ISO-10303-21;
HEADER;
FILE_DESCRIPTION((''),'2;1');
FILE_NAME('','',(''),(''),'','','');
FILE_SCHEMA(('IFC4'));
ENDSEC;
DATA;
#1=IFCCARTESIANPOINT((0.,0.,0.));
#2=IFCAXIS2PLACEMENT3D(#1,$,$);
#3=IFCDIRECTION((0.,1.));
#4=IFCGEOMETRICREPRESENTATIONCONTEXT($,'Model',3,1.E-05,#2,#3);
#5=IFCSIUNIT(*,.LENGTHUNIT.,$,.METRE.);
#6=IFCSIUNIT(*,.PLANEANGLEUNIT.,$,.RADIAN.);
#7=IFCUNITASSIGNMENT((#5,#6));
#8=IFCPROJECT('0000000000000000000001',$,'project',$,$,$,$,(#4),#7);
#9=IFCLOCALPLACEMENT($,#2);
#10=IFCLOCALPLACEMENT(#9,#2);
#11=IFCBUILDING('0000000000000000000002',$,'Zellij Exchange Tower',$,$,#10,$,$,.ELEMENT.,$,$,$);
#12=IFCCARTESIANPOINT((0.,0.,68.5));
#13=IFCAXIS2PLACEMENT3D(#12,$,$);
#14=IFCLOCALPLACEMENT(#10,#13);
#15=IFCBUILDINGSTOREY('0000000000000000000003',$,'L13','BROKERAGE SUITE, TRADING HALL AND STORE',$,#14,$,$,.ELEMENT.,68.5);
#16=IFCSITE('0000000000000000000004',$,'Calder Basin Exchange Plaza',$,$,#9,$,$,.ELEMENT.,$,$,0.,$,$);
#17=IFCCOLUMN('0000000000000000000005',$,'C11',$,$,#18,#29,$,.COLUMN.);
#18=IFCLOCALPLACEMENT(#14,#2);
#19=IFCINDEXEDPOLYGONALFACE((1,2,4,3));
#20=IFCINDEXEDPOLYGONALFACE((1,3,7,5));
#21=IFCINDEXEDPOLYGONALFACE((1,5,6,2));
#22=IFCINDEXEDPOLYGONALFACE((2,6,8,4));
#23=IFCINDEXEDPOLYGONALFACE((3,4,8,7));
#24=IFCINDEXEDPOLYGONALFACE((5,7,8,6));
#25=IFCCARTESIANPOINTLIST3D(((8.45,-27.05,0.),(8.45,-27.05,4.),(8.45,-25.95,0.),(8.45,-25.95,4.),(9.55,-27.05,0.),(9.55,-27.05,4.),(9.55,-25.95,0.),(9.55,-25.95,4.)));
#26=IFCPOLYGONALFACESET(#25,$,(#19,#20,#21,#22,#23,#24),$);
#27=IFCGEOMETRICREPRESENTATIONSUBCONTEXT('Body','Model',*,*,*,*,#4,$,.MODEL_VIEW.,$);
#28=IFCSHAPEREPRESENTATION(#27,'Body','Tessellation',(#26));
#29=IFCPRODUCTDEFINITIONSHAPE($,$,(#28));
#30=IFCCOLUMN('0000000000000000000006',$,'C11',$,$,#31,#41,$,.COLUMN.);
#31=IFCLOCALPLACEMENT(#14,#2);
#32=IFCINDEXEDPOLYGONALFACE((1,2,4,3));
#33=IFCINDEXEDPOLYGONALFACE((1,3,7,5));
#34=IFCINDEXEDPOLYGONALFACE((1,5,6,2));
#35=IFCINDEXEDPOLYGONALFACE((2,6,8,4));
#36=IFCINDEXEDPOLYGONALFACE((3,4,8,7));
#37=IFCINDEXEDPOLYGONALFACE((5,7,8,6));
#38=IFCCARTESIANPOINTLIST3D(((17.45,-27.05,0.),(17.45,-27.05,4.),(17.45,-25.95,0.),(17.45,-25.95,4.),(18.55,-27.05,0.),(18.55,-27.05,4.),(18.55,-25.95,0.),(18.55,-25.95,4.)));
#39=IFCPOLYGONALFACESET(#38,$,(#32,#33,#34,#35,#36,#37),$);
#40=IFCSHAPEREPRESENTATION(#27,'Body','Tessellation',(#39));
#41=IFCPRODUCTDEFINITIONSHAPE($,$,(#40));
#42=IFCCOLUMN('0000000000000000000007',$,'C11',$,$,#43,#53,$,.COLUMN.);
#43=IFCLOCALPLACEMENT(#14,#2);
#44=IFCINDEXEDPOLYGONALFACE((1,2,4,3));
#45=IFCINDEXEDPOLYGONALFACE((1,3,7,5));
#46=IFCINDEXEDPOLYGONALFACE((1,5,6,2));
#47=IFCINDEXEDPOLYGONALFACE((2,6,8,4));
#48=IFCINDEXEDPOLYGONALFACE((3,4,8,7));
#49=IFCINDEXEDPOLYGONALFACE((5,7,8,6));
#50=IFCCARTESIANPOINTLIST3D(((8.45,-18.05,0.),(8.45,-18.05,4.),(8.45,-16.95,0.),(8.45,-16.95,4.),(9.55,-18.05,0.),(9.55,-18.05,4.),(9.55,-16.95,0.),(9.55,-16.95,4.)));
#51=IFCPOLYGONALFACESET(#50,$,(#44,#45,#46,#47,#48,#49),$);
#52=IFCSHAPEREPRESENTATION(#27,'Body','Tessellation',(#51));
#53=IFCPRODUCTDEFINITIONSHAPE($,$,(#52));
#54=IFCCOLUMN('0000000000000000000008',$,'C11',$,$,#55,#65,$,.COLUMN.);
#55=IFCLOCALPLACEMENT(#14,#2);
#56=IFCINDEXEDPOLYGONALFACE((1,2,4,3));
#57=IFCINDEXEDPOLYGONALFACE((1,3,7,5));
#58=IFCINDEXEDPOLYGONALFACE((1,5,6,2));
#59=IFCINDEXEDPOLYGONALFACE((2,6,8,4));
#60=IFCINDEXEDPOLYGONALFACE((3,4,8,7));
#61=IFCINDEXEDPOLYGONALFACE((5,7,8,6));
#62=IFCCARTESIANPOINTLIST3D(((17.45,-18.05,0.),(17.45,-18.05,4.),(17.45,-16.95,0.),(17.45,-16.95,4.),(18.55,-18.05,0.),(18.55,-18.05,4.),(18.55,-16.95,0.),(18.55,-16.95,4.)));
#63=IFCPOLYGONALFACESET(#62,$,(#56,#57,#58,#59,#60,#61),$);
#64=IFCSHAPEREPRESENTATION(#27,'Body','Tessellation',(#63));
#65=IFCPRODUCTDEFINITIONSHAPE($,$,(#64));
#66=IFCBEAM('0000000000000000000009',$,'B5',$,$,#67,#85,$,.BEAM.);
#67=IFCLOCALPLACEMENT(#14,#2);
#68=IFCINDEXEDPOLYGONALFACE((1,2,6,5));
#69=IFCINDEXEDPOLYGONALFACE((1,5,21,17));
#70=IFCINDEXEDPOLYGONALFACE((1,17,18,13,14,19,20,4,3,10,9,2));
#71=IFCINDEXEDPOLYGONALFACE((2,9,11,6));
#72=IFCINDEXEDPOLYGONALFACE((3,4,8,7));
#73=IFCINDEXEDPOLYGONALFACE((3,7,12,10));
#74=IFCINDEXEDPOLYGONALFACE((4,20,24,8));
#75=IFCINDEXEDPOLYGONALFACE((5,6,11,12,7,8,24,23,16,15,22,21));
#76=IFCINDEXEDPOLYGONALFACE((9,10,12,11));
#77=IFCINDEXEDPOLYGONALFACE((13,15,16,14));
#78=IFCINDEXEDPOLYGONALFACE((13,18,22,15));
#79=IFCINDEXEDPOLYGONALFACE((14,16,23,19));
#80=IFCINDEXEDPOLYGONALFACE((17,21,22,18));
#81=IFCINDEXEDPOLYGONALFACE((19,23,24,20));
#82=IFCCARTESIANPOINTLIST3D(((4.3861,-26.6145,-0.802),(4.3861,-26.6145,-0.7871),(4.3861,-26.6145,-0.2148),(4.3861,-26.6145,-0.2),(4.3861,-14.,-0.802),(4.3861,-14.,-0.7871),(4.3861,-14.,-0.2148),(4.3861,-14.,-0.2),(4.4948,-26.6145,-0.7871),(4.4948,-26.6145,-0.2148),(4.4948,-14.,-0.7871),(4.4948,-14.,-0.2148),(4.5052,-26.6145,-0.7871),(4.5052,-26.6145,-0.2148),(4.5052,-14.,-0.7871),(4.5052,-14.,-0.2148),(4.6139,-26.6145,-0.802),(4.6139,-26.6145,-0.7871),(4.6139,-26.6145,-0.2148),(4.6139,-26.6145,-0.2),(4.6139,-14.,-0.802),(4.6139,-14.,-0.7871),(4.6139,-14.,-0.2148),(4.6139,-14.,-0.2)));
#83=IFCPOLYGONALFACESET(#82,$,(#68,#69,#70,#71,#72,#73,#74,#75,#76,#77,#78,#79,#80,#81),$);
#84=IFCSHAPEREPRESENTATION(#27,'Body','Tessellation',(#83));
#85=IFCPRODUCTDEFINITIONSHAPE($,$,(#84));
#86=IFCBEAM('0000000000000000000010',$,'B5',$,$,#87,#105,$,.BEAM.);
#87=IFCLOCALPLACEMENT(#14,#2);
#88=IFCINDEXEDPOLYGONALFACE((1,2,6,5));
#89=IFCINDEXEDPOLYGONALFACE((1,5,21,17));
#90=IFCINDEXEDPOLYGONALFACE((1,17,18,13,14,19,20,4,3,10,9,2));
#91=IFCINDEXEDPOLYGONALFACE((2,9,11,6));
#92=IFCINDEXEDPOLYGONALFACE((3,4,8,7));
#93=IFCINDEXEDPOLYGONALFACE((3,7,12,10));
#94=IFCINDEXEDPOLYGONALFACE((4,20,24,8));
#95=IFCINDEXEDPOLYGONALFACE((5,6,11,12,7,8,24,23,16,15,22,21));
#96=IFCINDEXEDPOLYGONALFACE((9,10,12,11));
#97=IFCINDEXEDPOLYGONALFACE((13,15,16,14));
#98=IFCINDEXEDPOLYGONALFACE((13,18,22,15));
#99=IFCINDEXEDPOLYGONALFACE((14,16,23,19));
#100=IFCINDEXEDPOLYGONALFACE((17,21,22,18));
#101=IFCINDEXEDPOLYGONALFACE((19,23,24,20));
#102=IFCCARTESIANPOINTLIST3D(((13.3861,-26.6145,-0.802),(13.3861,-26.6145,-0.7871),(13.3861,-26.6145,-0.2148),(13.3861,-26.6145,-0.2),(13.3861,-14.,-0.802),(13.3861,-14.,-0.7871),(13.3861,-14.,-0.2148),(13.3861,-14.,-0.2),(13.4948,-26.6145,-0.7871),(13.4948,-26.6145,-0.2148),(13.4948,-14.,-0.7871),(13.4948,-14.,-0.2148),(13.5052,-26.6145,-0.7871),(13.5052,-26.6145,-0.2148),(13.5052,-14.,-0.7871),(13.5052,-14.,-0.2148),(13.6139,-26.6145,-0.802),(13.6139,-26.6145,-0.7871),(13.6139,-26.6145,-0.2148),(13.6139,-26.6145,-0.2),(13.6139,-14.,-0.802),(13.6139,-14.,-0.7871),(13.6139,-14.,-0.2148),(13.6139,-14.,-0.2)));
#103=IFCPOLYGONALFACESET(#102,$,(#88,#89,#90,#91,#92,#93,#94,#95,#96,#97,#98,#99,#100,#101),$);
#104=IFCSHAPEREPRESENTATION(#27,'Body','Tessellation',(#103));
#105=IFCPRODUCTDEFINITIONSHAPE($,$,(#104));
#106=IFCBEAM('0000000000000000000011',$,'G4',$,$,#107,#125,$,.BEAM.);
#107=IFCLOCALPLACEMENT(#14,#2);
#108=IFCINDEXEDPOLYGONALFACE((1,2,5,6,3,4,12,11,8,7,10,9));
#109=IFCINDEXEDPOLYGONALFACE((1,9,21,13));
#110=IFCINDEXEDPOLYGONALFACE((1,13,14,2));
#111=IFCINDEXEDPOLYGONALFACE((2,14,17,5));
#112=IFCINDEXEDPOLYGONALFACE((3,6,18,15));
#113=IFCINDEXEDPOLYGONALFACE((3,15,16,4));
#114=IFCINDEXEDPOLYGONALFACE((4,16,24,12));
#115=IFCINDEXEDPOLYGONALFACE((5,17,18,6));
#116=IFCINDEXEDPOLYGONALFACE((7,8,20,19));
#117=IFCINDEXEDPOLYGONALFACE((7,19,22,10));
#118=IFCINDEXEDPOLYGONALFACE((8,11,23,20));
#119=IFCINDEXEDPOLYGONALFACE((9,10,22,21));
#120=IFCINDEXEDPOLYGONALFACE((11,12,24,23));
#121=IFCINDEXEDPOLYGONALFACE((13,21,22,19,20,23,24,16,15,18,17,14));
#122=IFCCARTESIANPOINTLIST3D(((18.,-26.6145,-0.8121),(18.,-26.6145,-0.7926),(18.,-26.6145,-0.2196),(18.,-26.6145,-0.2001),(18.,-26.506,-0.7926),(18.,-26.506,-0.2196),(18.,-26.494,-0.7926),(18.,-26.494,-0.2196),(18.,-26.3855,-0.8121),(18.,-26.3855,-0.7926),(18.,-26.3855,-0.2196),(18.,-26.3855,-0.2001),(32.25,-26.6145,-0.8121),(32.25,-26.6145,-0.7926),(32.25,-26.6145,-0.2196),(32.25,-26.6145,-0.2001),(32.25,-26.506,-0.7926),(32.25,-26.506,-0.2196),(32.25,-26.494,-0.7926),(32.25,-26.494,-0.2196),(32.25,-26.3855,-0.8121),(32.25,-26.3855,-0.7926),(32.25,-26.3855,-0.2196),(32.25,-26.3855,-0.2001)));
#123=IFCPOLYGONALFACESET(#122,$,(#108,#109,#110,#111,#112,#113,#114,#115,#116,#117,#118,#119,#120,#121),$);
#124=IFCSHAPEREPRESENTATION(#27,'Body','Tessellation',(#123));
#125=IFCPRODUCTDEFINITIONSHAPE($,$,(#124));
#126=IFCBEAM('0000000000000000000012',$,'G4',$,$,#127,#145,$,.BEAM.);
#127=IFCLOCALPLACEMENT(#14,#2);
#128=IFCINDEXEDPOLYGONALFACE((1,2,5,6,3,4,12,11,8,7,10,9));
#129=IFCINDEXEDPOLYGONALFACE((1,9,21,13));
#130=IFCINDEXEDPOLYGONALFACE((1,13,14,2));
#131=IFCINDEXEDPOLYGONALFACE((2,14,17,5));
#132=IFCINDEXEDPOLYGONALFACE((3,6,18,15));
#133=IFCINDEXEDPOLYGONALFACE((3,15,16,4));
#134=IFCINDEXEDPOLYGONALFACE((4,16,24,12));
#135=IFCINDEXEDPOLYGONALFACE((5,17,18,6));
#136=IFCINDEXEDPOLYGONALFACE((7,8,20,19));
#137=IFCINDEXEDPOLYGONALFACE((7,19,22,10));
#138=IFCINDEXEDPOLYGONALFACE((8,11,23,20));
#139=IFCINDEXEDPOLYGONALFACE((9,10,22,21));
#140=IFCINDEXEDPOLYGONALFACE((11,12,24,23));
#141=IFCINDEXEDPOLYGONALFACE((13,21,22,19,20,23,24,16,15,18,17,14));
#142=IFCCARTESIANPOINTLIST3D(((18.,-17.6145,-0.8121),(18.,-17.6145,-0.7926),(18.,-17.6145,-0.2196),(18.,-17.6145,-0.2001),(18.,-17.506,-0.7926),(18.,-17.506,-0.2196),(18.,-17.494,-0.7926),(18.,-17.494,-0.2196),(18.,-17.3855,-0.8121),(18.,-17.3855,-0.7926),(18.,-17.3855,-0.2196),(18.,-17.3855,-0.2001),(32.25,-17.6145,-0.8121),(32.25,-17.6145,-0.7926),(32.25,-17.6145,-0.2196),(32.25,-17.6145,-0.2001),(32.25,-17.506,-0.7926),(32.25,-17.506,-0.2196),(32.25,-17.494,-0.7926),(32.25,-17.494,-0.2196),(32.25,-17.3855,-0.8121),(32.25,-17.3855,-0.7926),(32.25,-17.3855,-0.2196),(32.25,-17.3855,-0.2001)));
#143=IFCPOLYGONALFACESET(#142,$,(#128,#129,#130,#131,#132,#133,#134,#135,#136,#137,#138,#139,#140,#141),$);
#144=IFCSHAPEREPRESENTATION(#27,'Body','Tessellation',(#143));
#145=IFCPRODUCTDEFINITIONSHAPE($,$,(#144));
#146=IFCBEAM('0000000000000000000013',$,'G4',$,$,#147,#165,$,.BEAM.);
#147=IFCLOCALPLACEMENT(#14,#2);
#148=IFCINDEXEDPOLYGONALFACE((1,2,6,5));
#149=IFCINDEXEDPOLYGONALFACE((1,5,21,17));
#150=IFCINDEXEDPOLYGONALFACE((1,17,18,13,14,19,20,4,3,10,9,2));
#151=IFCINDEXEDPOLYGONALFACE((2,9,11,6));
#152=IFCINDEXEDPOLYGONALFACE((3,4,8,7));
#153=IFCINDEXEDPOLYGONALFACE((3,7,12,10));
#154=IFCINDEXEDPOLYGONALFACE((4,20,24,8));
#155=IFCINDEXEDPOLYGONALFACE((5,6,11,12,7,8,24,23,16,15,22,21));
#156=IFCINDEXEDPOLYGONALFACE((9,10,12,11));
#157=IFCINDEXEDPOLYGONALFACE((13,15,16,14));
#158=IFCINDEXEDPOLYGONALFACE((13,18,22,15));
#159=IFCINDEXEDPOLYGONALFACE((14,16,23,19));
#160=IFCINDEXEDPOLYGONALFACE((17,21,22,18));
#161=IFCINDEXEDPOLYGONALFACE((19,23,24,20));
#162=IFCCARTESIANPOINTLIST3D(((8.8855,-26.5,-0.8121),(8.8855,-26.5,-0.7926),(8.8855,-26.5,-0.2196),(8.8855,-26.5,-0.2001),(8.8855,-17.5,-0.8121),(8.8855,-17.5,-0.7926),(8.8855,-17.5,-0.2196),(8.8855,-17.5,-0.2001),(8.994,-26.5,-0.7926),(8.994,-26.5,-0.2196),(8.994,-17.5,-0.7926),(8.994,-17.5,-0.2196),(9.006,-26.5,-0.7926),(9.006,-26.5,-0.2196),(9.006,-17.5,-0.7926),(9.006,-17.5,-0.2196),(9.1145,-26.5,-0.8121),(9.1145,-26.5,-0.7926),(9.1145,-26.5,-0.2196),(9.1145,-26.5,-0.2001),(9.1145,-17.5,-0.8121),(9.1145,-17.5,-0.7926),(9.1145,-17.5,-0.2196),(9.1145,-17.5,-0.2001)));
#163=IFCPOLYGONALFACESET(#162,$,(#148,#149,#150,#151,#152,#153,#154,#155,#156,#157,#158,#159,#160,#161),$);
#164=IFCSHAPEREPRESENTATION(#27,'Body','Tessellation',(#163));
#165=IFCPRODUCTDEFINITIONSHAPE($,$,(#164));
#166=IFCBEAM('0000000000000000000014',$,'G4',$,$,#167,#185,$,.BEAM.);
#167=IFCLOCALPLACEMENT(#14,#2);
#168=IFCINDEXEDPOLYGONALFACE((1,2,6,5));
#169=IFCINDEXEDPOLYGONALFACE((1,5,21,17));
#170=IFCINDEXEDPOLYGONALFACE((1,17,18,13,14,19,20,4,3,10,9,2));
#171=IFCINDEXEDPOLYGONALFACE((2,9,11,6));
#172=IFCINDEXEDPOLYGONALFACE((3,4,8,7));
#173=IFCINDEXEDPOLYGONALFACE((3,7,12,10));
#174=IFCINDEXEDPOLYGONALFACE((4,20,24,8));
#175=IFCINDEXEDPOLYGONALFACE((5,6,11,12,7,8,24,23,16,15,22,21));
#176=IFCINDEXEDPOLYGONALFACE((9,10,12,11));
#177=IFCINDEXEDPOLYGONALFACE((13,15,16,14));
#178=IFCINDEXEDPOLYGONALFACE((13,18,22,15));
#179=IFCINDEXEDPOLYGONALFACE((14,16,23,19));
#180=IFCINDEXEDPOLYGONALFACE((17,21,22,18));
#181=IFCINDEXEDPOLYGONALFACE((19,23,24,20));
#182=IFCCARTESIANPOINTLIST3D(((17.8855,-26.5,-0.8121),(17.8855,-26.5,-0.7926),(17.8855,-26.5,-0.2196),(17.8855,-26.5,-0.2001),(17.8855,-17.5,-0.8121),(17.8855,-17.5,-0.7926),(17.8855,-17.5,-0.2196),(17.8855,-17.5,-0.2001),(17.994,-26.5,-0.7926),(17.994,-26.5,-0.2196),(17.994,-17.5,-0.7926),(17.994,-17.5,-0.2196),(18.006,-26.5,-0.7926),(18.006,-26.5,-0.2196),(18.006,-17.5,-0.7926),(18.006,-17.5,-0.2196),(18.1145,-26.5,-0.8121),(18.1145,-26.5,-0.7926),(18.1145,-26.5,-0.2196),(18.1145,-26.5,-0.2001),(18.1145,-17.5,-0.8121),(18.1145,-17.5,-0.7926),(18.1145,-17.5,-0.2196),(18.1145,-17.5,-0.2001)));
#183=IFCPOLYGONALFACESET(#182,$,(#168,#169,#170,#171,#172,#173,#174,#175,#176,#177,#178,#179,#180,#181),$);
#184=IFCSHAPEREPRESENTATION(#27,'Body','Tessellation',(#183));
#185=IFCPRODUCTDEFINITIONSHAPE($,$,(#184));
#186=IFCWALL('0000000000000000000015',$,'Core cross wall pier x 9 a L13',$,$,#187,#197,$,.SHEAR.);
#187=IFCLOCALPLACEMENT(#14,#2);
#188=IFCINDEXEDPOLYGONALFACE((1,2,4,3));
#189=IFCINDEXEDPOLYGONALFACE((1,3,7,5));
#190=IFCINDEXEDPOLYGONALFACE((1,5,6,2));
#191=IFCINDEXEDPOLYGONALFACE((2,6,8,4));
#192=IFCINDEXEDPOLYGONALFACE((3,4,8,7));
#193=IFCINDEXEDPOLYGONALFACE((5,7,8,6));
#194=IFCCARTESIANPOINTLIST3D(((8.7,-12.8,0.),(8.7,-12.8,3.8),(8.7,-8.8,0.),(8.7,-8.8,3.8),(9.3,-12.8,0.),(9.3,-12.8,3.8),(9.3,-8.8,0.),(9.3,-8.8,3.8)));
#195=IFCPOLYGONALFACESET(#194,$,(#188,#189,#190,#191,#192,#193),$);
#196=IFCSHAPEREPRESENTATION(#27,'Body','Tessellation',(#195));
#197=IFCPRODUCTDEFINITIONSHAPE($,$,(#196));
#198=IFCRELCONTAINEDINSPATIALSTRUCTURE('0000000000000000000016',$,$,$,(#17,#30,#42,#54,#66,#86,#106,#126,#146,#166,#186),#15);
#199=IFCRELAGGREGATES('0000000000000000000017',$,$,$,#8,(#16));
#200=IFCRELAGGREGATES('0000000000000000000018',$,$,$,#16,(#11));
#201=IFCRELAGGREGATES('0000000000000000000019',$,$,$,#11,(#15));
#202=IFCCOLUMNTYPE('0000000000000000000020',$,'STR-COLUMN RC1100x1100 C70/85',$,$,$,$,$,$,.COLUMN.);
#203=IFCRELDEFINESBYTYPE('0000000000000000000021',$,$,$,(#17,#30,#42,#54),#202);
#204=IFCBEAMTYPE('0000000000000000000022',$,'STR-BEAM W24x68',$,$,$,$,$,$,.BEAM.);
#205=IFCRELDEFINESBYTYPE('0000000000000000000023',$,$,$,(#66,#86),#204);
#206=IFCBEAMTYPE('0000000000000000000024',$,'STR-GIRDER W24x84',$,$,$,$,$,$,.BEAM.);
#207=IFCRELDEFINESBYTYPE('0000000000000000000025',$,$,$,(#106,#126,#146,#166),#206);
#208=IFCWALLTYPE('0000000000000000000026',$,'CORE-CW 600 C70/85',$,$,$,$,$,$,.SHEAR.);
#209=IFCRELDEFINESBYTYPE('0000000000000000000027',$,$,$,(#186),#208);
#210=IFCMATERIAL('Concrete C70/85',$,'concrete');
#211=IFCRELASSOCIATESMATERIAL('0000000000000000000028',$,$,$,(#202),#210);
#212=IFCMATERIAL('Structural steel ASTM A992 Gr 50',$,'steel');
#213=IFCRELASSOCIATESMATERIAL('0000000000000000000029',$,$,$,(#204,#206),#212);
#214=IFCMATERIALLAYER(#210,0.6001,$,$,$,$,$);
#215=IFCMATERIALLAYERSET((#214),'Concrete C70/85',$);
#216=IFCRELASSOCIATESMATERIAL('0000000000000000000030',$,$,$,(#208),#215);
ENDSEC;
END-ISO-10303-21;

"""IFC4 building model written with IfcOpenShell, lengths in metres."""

from ifc_helpers import new_model, si_unit, direction, frame, frame_2d, origin, origin_2d, place, context, subcontext, project, spatial, rectangle, i_section, extrude, material, layer, layer_set, material_profile, profile_set, type_object, element, save


model = new_model("IFC4")

# Units and contexts
model_context = context("Model", 3, precision=1e-05, world=origin(), true_north=direction((0.0, 1.0)))
body_context = subcontext(model_context, "Body", "Model", "MODEL_VIEW")
ifc_project = project(units=[si_unit("LENGTHUNIT", "METRE"), si_unit("PLANEANGLEUNIT", "RADIAN")], contexts=[model_context])

# Site, building, storey
site_placement = place(None, origin())
site = spatial("IfcSite", under=ifc_project, at=site_placement, Name="Calder Basin Exchange Plaza", CompositionType="ELEMENT", RefElevation=0.0)
building_placement = place(site_placement, origin())
building = spatial("IfcBuilding", under=site, at=building_placement, Name="Zellij Exchange Tower", CompositionType="ELEMENT")
storey_placement = place(building_placement, frame((0.0, 0.0, 68.5)))
storey = spatial("IfcBuildingStorey", under=building, at=storey_placement, Name="L13", Description="BROKERAGE SUITE, TRADING HALL AND STORE", CompositionType="ELEMENT", Elevation=68.5)

# Columns
ifc_material_1 = material(Name="Concrete C70/85", Category="concrete")
ifc_material_profile_1 = material_profile(ifc_material_1, rectangle(XDim=1.1001, YDim=1.1001, at=origin_2d()), Name="STR-COLUMN RC1100x1100 C70/85")
ifc_profile_set_1 = profile_set([ifc_material_profile_1], Name="Concrete C70/85")
column_type = type_object("IfcColumnType", Name="STR-COLUMN RC1100x1100 C70/85", PredefinedType="COLUMN", material=ifc_profile_set_1)
for number, where, z_axis, x_axis, name in (
    (1, (9.0, -26.5, 0.0), (0.0, 0.0, 1.0), (1.0, 0.0, 0.0), "C11"),
    (2, (18.0, -26.5, 0.0), (0.0, 0.0, 1.0), (1.0, 0.0, 0.0), "C11"),
    (3, (9.0, -17.5, 0.0), (0.0, 0.0, 1.0), (1.0, 0.0, 0.0), "C11"),
    (4, (18.0, -17.5, 0.0), (0.0, 0.0, 1.0), (1.0, 0.0, 0.0), "C11"),
):
    element("IfcColumn", number, at=place(storey_placement, frame(where, z_axis=z_axis, x_axis=x_axis)), inside=storey, type_object=column_type, Name=name, PredefinedType="COLUMN", context=body_context, shape_type="SweptSolid", body=[
        extrude(rectangle(XDim=1.1001, YDim=1.1001, at=origin_2d()), origin(), (0.0, 0.0, 1.0), 4.0),
    ])

# Beams
ifc_material_2 = material(Name="Structural steel ASTM A992 Gr 50", Category="steel")
ifc_material_profile_2 = material_profile(ifc_material_2, i_section(OverallWidth=0.2278, OverallDepth=0.6021, WebThickness=0.0105, FlangeThickness=0.0149, at=origin_2d()), Name="W24x68")
ifc_profile_set_2 = profile_set([ifc_material_profile_2], Name="Structural steel ASTM A992 Gr 50")
beam_type_1 = type_object("IfcBeamType", Name="STR-BEAM W24x68", PredefinedType="BEAM", material=ifc_profile_set_2)
for number, where, z_axis, x_axis, name in (
    (5, (4.5, -26.6145, -0.501), (0.0, 1.0, 0.0), (-1.0, 0.0, 0.0), "B5"),
    (6, (13.5, -26.6145, -0.501), (0.0, 1.0, 0.0), (-1.0, 0.0, 0.0), "B5"),
):
    element("IfcBeam", number, at=place(storey_placement, frame(where, z_axis=z_axis, x_axis=x_axis)), inside=storey, type_object=beam_type_1, Name=name, PredefinedType="BEAM", context=body_context, shape_type="SweptSolid", body=[
        extrude(i_section(OverallWidth=0.2278, OverallDepth=0.6021, WebThickness=0.0105, FlangeThickness=0.0149, at=origin_2d()), origin(), (0.0, 0.0, 1.0), 12.6145),
    ])
ifc_material_profile_3 = material_profile(ifc_material_2, i_section(OverallWidth=0.229, OverallDepth=0.6121, WebThickness=0.012, FlangeThickness=0.0195, at=origin_2d()), Name="W24x84")
ifc_profile_set_3 = profile_set([ifc_material_profile_3], Name="Structural steel ASTM A992 Gr 50")
beam_type_2 = type_object("IfcBeamType", Name="STR-GIRDER W24x84", PredefinedType="BEAM", material=ifc_profile_set_3)
for number, where, z_axis, x_axis, name in (
    (7, (18.0, -26.5, -0.5061), (1.0, 0.0, 0.0), (0.0, 1.0, 0.0), "G4"),
    (8, (18.0, -17.5, -0.5061), (1.0, 0.0, 0.0), (0.0, 1.0, 0.0), "G4"),
):
    element("IfcBeam", number, at=place(storey_placement, frame(where, z_axis=z_axis, x_axis=x_axis)), inside=storey, type_object=beam_type_2, Name=name, PredefinedType="BEAM", context=body_context, shape_type="SweptSolid", body=[
        extrude(i_section(OverallWidth=0.229, OverallDepth=0.6121, WebThickness=0.012, FlangeThickness=0.0195, at=origin_2d()), origin(), (0.0, 0.0, 1.0), 14.25),
    ])
for number, where, z_axis, x_axis, name in (
    (9, (9.0, -26.5, -0.5061), (0.0, 1.0, 0.0), (-1.0, 0.0, 0.0), "G4"),
    (10, (18.0, -26.5, -0.5061), (0.0, 1.0, 0.0), (-1.0, 0.0, 0.0), "G4"),
):
    element("IfcBeam", number, at=place(storey_placement, frame(where, z_axis=z_axis, x_axis=x_axis)), inside=storey, type_object=beam_type_2, Name=name, PredefinedType="BEAM", context=body_context, shape_type="SweptSolid", body=[
        extrude(i_section(OverallWidth=0.229, OverallDepth=0.6121, WebThickness=0.012, FlangeThickness=0.0195, at=origin_2d()), origin(), (0.0, 0.0, 1.0), 9.0),
    ])

# Wall
ifc_layer_1 = layer(ifc_material_1, 0.6001)
ifc_layer_set_1 = layer_set([ifc_layer_1], Name="Concrete C70/85")
wall_type_1 = type_object("IfcWallType", Name="CORE-CW 600 C70/85", PredefinedType="SHEAR", material=ifc_layer_set_1)
wall_1_placement = place(storey_placement, frame((9.0, -12.8, 0.0), z_axis=(0.0, 0.0, 1.0), x_axis=(0.0, 1.0, 0.0)))
element("IfcWall", 11, at=wall_1_placement, inside=storey, type_object=wall_type_1, Name="Core cross wall pier x 9 a L13", PredefinedType="SHEAR", context=body_context, shape_type="SweptSolid", body=[
    extrude(rectangle(XDim=4.0, YDim=0.6001, at=frame_2d((2.0, 0.0))), origin(), (0.0, 0.0, 1.0), 3.8),
])

save(model, "model.ifc")
